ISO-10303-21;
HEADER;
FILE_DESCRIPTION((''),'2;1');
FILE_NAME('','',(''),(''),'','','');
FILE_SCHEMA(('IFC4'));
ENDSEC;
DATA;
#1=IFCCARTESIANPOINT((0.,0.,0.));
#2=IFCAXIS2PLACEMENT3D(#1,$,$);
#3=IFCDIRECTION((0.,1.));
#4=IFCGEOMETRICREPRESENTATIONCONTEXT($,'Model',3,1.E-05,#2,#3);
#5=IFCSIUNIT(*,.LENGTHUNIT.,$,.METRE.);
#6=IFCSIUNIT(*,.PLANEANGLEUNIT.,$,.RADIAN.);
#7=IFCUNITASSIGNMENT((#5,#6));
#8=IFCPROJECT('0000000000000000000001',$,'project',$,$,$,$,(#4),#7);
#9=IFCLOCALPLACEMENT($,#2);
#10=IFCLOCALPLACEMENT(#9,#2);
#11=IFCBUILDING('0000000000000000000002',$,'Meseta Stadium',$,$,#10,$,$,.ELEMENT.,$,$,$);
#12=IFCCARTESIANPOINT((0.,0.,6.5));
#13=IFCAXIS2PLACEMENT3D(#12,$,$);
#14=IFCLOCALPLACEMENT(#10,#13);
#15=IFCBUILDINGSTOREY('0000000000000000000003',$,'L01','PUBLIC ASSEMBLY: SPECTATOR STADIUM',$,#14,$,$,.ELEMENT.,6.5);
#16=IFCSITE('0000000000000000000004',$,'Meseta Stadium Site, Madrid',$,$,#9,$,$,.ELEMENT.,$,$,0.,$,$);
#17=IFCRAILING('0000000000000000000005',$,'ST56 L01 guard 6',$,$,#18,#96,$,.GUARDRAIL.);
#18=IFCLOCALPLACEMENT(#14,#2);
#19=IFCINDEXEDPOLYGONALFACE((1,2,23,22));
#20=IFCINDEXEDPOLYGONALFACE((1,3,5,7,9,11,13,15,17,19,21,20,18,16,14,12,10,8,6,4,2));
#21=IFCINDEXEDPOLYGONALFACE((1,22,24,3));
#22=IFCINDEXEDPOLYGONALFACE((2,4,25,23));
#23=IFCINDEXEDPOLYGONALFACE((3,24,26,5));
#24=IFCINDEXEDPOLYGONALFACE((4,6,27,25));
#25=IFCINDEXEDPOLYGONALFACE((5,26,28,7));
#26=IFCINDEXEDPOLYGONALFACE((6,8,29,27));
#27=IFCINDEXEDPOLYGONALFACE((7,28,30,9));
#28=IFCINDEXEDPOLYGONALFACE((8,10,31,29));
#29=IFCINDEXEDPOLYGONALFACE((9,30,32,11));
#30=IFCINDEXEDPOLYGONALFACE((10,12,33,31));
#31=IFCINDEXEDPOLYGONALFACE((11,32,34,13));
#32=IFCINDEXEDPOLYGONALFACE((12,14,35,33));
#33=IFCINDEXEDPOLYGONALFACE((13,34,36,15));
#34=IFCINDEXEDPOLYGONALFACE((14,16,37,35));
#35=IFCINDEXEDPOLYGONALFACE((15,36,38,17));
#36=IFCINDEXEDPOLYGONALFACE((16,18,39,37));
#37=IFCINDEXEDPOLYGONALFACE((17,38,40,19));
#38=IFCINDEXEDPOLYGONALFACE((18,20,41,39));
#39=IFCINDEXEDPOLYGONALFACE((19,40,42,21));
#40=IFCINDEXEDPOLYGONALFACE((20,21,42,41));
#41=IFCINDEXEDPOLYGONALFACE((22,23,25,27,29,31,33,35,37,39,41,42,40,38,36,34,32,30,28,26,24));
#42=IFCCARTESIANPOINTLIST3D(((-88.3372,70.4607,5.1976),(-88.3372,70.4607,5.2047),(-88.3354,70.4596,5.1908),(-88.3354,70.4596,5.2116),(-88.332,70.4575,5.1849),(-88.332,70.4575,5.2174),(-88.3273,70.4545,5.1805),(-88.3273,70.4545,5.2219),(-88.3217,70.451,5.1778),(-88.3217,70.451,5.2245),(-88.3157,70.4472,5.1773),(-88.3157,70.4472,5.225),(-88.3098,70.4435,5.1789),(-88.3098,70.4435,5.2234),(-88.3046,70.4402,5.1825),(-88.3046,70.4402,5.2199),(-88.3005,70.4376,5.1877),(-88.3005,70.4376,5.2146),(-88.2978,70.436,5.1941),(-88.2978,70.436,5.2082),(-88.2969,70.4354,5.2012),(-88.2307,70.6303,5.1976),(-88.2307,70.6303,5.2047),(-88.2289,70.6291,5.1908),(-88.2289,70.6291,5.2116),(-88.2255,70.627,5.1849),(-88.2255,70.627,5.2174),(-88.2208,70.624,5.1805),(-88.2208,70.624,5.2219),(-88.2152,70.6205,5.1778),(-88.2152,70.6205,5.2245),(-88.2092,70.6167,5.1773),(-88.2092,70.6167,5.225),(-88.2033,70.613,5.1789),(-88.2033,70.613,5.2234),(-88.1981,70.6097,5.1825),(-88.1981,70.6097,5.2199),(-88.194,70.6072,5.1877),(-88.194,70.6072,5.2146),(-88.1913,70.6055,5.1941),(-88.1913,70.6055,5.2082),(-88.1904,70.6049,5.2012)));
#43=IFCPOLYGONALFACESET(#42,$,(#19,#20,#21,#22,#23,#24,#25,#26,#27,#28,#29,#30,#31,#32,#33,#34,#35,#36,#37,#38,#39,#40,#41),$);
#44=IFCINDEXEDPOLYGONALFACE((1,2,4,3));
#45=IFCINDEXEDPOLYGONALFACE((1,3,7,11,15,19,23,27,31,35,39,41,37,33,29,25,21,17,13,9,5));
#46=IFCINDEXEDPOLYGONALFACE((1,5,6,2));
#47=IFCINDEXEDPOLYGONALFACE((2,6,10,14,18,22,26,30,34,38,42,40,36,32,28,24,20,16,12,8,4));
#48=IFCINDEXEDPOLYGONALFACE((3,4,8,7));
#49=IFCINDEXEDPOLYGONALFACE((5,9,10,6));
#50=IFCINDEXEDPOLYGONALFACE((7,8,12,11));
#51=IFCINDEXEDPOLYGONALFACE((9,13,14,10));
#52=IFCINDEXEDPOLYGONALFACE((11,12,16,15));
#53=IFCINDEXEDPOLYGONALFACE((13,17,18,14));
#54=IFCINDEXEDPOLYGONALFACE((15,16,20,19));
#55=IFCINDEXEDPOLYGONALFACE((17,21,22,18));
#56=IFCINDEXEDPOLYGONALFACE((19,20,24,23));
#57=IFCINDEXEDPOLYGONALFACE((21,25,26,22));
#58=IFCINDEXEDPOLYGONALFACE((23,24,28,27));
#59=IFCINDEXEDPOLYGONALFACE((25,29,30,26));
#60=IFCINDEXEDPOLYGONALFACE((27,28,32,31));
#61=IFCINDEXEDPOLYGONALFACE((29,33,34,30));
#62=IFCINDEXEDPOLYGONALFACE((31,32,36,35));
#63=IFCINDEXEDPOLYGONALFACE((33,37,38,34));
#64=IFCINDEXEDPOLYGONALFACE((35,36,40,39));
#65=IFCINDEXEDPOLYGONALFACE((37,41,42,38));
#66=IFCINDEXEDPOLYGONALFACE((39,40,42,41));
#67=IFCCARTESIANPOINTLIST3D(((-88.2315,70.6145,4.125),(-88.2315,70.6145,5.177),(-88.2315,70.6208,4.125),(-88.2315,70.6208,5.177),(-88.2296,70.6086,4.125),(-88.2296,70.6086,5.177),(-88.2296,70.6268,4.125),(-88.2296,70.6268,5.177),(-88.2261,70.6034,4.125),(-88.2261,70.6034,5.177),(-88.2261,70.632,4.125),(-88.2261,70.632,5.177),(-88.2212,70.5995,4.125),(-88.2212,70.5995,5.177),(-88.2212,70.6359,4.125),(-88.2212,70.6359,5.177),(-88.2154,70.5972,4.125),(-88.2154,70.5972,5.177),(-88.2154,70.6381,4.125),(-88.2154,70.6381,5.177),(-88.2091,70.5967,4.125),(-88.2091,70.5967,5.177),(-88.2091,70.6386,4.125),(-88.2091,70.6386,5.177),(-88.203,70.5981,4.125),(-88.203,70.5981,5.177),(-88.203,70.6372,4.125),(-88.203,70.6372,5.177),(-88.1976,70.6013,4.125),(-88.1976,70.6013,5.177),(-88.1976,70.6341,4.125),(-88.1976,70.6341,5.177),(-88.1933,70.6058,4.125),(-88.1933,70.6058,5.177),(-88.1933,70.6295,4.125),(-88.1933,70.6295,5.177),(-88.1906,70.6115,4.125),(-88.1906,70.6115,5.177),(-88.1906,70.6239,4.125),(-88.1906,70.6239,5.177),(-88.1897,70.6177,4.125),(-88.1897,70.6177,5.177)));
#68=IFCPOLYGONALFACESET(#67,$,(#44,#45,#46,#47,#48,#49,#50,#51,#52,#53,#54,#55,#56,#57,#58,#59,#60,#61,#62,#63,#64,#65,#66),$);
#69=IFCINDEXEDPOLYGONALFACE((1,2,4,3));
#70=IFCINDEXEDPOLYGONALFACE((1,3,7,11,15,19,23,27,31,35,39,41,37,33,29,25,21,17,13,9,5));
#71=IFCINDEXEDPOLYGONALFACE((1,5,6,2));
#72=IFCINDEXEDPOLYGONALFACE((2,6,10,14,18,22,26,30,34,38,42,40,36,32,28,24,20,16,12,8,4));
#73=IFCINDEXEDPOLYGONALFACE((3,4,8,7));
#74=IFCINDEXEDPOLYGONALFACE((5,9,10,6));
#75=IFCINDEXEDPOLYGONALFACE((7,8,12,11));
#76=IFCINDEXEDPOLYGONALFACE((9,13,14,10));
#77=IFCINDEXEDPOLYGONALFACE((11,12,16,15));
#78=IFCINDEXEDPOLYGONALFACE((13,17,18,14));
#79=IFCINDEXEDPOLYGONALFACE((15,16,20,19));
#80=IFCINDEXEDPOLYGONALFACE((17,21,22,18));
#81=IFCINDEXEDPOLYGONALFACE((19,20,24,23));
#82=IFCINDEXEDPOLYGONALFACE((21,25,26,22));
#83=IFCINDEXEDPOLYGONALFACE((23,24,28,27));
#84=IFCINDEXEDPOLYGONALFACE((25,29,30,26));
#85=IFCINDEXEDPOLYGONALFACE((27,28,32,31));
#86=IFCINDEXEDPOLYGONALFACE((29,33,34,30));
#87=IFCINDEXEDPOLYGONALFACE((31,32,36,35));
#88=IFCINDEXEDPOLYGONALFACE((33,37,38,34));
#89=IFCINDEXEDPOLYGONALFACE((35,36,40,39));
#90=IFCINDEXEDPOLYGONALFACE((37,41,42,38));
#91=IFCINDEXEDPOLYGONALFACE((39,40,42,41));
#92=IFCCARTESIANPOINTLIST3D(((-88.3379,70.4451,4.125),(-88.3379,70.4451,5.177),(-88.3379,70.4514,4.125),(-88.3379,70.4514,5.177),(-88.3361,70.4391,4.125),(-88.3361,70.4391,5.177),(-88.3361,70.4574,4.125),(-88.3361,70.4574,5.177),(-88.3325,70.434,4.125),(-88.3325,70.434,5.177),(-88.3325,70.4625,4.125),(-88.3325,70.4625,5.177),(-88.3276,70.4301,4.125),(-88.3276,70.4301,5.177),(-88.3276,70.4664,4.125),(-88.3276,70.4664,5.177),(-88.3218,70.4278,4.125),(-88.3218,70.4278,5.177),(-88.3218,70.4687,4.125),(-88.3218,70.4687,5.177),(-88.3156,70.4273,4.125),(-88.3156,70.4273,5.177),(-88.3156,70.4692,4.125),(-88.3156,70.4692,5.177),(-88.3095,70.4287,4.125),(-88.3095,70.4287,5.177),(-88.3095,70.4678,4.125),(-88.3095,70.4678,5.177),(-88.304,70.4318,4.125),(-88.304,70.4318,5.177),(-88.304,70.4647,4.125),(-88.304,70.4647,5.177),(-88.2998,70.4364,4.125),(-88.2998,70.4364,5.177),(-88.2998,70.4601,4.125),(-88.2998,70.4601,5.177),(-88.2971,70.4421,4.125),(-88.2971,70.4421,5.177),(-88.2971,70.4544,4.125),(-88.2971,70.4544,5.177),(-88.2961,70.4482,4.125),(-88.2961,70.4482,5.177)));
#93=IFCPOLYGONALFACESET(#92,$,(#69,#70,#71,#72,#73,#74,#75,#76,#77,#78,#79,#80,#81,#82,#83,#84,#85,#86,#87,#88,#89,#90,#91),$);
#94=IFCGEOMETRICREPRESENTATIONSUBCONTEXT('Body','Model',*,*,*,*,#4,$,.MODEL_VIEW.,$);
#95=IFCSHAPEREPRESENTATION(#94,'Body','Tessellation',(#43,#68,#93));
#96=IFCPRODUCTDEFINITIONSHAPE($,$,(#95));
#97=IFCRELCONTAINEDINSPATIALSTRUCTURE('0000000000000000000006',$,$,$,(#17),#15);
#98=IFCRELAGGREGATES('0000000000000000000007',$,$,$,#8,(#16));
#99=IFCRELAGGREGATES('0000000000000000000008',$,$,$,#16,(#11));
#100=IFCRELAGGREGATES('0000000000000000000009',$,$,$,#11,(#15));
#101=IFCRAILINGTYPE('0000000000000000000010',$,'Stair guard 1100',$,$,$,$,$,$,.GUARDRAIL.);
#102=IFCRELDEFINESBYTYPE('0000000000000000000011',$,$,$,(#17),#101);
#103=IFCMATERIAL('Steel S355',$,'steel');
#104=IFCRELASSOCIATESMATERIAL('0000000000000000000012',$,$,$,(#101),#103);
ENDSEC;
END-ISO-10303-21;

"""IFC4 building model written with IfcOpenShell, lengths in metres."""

from ifc_helpers import new_model, si_unit, direction, frame, origin, origin_2d, place, context, subcontext, project, spatial, circle, extrude, material, type_object, element, save


model = new_model("IFC4")

# Units and contexts
model_context = context("Model", 3, precision=1e-05, world=origin(), true_north=direction((0.0, 1.0)))
body_context = subcontext(model_context, "Body", "Model", "MODEL_VIEW")
ifc_project = project(units=[si_unit("LENGTHUNIT", "METRE"), si_unit("PLANEANGLEUNIT", "RADIAN")], contexts=[model_context])

# Site, building, storey
site_placement = place(None, origin())
site = spatial("IfcSite", under=ifc_project, at=site_placement, Name="Meseta Stadium Site, Madrid", CompositionType="ELEMENT", RefElevation=0.0)
building_placement = place(site_placement, origin())
building = spatial("IfcBuilding", under=site, at=building_placement, Name="Meseta Stadium", CompositionType="ELEMENT")
storey_placement = place(building_placement, frame((0.0, 0.0, 6.5)))
storey = spatial("IfcBuildingStorey", under=building, at=storey_placement, Name="L01", Description="PUBLIC ASSEMBLY: SPECTATOR STADIUM", CompositionType="ELEMENT", Elevation=6.5)

# Railing
ifc_material_1 = material(Name="Steel S355", Category="steel")
railing_type = type_object("IfcRailingType", Name="Stair guard 1100", PredefinedType="GUARDRAIL", material=ifc_material_1)
railing_1_placement = place(storey_placement, frame((-88.2107, 70.6177, 4.125)))
element("IfcRailing", 1, at=railing_1_placement, inside=storey, type_object=railing_type, Name="ST56 L01 guard 6", PredefinedType="GUARDRAIL", context=body_context, shape_type="SweptSolid", body=[
    extrude(circle(Radius=0.0239, at=origin_2d()), frame((0.0, 0.0, 1.0762), z_axis=(-0.531972, -0.846762, 0.0), x_axis=(0.846762, -0.531972, 0.0)), (0.0, 0.0, 1.0), 0.2002),
    extrude(circle(Radius=0.021, at=origin_2d()), origin(), (0.0, 0.0, 1.0), 1.052),
    extrude(circle(Radius=0.021, at=origin_2d()), frame((-0.1064, -0.1694, 0.0)), (0.0, 0.0, 1.0), 1.052),
])

save(model, "model.ifc")
